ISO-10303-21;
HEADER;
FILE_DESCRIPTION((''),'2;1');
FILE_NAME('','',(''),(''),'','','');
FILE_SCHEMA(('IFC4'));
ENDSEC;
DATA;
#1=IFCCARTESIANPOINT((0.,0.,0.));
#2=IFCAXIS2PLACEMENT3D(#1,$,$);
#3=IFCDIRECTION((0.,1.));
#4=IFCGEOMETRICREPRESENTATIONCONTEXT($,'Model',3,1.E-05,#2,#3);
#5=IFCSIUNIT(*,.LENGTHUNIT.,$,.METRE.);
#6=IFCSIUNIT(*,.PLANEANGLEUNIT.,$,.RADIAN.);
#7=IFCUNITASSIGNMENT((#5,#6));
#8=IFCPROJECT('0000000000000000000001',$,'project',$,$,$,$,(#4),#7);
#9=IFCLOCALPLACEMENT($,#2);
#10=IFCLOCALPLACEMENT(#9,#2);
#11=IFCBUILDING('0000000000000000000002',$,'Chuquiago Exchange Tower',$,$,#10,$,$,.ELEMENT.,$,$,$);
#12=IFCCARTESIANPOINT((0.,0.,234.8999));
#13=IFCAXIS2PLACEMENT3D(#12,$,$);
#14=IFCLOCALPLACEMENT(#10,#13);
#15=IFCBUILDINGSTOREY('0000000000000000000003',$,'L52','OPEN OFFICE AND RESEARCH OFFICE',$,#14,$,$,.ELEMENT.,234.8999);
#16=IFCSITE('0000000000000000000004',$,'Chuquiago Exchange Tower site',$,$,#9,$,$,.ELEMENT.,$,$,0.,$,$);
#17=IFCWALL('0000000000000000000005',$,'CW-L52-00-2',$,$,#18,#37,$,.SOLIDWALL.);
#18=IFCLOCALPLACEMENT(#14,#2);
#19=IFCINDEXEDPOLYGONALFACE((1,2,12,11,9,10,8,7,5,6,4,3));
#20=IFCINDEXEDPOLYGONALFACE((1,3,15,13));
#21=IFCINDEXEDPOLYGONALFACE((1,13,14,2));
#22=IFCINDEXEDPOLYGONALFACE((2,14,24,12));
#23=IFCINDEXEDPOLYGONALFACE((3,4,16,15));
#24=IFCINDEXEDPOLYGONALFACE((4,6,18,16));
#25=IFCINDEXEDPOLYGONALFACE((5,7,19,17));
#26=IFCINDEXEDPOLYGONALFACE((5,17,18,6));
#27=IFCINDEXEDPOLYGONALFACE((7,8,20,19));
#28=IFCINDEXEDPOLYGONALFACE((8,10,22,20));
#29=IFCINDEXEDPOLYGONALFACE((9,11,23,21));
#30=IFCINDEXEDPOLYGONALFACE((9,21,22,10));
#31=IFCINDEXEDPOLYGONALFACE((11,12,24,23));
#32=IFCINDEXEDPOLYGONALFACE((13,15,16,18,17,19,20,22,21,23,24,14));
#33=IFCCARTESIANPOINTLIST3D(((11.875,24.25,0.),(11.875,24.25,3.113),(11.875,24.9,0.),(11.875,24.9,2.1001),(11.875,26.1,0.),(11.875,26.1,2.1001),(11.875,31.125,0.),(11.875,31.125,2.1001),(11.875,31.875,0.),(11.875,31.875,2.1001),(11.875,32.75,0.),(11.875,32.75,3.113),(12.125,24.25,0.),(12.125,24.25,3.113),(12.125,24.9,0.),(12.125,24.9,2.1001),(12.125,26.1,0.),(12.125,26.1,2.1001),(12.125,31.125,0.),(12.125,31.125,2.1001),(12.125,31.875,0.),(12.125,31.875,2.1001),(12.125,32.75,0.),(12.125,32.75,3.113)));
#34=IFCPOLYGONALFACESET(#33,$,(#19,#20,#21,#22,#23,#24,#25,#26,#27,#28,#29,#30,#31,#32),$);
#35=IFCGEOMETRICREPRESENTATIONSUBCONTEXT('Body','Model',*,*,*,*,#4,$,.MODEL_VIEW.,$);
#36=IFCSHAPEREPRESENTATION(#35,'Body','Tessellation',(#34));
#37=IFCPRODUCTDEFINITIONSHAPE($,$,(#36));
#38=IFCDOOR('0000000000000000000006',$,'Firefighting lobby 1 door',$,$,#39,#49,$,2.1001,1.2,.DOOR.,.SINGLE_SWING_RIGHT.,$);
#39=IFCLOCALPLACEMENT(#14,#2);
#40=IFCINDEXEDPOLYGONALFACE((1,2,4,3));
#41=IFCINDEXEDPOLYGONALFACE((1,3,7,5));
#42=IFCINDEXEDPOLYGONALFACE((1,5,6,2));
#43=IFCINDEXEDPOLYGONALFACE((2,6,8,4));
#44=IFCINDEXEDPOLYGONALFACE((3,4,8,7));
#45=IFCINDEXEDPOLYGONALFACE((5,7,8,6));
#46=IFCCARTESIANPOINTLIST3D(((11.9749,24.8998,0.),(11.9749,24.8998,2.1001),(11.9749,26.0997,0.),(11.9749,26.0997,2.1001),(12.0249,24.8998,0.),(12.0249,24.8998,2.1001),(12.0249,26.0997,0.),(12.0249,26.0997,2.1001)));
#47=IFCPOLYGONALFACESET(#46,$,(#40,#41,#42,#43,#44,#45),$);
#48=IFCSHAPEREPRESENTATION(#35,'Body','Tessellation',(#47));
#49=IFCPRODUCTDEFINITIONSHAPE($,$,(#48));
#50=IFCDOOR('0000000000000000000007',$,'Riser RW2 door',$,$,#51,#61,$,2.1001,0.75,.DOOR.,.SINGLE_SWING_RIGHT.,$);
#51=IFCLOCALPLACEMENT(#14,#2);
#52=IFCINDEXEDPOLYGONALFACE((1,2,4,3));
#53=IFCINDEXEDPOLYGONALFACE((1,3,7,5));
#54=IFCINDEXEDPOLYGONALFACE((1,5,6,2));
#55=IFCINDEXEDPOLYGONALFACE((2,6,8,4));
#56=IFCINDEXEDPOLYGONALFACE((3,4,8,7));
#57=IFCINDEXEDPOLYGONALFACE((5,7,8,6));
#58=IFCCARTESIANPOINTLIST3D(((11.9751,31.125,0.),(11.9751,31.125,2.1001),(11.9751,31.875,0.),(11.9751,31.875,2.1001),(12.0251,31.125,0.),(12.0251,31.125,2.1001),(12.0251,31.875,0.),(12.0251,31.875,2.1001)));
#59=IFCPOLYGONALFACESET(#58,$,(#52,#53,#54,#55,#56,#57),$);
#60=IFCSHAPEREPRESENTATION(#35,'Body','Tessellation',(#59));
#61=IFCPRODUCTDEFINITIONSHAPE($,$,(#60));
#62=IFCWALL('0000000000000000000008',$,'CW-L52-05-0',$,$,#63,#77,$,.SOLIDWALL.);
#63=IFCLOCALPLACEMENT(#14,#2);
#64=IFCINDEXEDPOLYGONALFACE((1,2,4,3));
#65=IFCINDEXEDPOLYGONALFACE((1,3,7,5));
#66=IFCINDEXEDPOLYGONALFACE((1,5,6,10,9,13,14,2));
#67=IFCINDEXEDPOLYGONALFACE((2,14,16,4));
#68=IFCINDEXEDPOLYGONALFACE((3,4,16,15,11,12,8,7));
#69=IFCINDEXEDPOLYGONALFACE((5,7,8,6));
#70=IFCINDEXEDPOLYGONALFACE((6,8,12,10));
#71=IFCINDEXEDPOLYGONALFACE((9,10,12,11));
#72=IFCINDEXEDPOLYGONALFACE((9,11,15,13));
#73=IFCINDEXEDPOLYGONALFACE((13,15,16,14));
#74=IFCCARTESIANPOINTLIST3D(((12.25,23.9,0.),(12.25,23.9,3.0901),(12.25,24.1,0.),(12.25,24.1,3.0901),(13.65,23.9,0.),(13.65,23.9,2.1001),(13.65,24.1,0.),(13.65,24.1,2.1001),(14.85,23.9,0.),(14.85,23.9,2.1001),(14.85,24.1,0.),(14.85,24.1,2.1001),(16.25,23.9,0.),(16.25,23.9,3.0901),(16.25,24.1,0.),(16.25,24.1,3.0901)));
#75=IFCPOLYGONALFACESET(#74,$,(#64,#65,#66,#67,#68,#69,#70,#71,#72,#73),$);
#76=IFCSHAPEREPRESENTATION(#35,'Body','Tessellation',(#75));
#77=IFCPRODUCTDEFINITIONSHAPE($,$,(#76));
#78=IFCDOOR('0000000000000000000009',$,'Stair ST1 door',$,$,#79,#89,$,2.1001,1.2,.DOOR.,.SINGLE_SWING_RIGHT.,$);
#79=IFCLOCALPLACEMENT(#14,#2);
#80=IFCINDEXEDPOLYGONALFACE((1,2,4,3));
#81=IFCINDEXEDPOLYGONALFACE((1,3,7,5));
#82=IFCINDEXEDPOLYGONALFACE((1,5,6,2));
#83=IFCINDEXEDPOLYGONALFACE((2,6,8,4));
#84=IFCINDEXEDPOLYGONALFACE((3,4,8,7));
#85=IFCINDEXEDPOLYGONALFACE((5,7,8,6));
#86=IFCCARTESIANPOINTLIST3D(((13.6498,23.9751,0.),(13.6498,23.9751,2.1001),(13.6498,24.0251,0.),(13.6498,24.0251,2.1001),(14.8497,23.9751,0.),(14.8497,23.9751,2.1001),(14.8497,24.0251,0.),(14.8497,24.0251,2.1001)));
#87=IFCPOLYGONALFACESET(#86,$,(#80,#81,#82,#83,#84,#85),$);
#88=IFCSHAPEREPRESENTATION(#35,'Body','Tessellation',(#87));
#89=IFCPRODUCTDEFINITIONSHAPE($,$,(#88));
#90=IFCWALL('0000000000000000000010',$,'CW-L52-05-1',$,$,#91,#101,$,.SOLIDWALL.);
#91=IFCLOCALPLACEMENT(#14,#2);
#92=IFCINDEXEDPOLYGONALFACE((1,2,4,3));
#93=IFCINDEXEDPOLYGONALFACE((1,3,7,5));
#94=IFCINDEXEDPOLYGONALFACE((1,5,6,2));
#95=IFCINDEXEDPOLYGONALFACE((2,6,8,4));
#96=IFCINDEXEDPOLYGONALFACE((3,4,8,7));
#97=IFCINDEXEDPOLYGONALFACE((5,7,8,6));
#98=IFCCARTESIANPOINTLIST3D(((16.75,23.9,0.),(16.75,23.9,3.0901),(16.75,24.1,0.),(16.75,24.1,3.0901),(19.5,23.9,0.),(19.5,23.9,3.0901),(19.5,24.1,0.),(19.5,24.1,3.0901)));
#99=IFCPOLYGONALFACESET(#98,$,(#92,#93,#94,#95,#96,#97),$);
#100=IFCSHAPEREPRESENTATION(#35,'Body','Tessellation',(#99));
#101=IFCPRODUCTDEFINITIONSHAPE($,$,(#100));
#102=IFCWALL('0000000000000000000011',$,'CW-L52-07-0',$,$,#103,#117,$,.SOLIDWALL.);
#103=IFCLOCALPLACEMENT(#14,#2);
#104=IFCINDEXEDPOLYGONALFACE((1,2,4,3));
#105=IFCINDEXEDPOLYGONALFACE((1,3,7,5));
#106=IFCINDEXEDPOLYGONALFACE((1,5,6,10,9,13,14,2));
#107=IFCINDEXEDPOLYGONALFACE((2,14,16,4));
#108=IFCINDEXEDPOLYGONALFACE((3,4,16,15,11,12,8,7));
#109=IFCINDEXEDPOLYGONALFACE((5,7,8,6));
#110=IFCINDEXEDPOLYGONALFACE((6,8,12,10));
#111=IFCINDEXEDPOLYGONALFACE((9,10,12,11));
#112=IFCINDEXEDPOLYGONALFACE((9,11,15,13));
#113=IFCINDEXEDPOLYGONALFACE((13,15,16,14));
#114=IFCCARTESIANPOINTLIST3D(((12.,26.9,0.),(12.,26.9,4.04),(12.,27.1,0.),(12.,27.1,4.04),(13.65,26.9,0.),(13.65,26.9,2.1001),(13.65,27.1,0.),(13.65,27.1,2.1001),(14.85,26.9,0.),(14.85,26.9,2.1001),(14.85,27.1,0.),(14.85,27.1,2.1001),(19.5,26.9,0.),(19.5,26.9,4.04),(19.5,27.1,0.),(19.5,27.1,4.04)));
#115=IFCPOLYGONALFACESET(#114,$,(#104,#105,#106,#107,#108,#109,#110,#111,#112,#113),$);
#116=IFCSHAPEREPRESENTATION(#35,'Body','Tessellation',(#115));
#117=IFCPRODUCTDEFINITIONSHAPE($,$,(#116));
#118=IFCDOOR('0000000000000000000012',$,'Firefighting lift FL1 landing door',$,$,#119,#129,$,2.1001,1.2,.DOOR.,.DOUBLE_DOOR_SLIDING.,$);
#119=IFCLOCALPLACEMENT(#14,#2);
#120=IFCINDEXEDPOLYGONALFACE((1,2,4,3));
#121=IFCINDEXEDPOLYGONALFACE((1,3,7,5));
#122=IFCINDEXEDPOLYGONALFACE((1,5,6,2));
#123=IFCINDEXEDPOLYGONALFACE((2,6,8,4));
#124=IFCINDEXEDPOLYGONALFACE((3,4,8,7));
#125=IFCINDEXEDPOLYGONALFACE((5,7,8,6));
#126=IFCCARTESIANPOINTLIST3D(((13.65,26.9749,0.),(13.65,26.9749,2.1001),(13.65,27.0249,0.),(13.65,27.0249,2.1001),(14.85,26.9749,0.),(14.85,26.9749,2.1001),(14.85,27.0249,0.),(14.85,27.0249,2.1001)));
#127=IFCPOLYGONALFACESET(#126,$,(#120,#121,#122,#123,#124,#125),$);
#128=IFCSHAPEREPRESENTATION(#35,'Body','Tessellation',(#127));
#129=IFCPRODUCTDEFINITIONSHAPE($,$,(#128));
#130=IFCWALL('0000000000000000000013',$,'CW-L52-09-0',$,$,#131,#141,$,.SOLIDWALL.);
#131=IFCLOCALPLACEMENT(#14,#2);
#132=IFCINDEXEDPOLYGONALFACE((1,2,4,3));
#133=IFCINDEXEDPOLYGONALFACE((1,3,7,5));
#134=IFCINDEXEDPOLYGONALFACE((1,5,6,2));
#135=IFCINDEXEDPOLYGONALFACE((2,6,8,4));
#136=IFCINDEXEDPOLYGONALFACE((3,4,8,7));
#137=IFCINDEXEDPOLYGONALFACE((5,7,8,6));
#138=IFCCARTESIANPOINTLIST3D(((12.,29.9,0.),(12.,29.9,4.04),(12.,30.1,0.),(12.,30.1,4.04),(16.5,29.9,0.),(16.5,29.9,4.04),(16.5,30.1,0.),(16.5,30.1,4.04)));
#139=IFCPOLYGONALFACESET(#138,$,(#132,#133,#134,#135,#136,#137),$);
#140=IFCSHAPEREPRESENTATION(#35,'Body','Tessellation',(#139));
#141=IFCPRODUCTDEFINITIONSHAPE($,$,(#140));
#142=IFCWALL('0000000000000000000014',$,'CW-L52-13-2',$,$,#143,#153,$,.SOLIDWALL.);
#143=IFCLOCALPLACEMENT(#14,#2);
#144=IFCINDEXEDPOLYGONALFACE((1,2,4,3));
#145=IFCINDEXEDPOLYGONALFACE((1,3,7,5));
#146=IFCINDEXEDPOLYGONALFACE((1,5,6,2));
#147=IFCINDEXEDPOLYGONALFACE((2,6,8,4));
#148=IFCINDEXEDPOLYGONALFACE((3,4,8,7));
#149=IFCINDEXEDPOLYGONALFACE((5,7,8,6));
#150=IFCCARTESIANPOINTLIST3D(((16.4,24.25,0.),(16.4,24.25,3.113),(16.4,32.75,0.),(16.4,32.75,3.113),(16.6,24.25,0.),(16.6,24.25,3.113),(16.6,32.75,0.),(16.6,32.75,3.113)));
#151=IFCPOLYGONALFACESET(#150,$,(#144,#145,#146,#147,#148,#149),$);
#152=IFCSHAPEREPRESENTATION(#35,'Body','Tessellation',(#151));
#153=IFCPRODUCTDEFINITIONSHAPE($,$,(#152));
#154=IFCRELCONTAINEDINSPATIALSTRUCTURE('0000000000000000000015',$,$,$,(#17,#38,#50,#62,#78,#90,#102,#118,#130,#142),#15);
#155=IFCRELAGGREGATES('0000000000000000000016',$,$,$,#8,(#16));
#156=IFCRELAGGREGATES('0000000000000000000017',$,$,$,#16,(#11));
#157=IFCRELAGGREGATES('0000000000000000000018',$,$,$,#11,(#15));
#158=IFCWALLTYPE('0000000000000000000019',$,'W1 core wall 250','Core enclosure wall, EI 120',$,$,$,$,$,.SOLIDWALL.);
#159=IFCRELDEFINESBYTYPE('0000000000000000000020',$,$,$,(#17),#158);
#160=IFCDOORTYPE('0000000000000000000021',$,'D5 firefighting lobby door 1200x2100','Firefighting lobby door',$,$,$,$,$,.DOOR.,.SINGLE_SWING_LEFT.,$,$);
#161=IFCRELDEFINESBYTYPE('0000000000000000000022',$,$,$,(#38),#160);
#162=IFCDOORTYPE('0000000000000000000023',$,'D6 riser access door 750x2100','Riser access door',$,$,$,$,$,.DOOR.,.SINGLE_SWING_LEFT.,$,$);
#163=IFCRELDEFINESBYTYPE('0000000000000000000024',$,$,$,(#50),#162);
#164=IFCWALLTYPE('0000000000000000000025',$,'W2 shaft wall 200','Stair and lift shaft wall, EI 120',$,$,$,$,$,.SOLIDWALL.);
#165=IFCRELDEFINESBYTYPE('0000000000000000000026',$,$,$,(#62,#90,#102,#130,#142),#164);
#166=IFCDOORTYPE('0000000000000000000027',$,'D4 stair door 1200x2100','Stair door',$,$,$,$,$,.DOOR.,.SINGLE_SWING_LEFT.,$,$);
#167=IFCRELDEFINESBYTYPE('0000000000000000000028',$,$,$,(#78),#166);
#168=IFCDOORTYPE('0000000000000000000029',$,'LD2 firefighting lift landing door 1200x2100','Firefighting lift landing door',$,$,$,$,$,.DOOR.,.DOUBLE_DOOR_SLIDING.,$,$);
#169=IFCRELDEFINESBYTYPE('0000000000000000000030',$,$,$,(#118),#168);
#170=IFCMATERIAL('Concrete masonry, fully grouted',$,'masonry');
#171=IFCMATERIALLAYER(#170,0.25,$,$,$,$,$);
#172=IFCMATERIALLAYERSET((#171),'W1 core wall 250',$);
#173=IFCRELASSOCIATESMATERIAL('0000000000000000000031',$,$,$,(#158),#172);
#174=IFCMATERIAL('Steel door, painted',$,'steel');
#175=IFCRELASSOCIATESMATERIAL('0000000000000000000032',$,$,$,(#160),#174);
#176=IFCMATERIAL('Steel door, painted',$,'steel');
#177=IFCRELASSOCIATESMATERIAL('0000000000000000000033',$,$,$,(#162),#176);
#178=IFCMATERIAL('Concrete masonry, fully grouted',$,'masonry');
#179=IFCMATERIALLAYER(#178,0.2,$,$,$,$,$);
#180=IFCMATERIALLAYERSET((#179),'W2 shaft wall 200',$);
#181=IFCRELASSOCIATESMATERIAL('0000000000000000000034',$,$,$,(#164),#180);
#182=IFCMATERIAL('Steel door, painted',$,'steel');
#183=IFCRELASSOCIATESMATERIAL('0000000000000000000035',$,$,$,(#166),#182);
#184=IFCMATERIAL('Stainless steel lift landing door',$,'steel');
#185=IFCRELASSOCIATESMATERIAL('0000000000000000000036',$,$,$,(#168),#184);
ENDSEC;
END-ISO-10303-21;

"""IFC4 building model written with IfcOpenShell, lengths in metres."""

from ifc_helpers import new_model, si_unit, direction, frame, frame_2d, origin, place, context, subcontext, project, spatial, rectangle, extrude, material, layer, layer_set, type_object, element, fill, save


model = new_model("IFC4")

# Units and contexts
model_context = context("Model", 3, precision=1e-05, world=origin(), true_north=direction((0.0, 1.0)))
body_context = subcontext(model_context, "Body", "Model", "MODEL_VIEW")
ifc_project = project(units=[si_unit("LENGTHUNIT", "METRE"), si_unit("PLANEANGLEUNIT", "RADIAN")], contexts=[model_context])

# Site, building, storey
site_placement = place(None, origin())
site = spatial("IfcSite", under=ifc_project, at=site_placement, Name="Chuquiago Exchange Tower site", CompositionType="ELEMENT", RefElevation=0.0)
building_placement = place(site_placement, origin())
building = spatial("IfcBuilding", under=site, at=building_placement, Name="Chuquiago Exchange Tower", CompositionType="ELEMENT")
storey_placement = place(building_placement, frame((0.0, 0.0, 234.8999)))
storey = spatial("IfcBuildingStorey", under=building, at=storey_placement, Name="L52", Description="OPEN OFFICE AND RESEARCH OFFICE", CompositionType="ELEMENT", Elevation=234.8999)

# Wall, openings, doors
ifc_material_1 = material(Name="Concrete masonry, fully grouted", Category="masonry")
ifc_layer_1 = layer(ifc_material_1, 0.25)
ifc_layer_set_1 = layer_set([ifc_layer_1], Name="W1 core wall 250")
wall_type_1 = type_object("IfcWallType", Name="W1 core wall 250", Description="Core enclosure wall, EI 120", PredefinedType="SOLIDWALL", material=ifc_layer_set_1)
wall_1_placement = place(storey_placement, frame((12.0, 24.25, 0.0), z_axis=(0.0, 0.0, 1.0), x_axis=(0.0, 1.0, 0.0)))
wall_1 = element("IfcWall", 1, at=wall_1_placement, inside=storey, type_object=wall_type_1, Name="CW-L52-00-2", PredefinedType="SOLIDWALL", context=body_context, shape_type="SweptSolid", body=[
    extrude(rectangle(XDim=8.5, YDim=0.25, at=frame_2d((4.25, 0.0))), origin(), (0.0, 0.0, 1.0), 3.113),
])
opening_1_placement = place(wall_1_placement, frame((0.6499, 0.0, 0.0)))
opening_1 = element("IfcOpeningElement", 2, at=opening_1_placement, cuts=wall_1, PredefinedType="OPENING", context=body_context, shape_type="SweptSolid", body=[
    extrude(rectangle(XDim=1.2, YDim=2.1001, at=frame_2d((0.6001, 1.05))), frame((0.0, 0.135, 0.0), z_axis=(0.0, -1.0, 0.0), x_axis=(1.0, 0.0, 0.0)), (0.0, 0.0, 1.0), 0.27),
])
opening_2_placement = place(wall_1_placement, frame((6.875, 0.0, 0.0)))
opening_2 = element("IfcOpeningElement", 3, at=opening_2_placement, cuts=wall_1, PredefinedType="OPENING", context=body_context, shape_type="SweptSolid", body=[
    extrude(rectangle(XDim=0.75, YDim=2.1001, at=frame_2d((0.375, 1.05))), frame((0.0, 0.135, 0.0), z_axis=(0.0, -1.0, 0.0), x_axis=(1.0, 0.0, 0.0)), (0.0, 0.0, 1.0), 0.27),
])
ifc_material_2 = material(Name="Steel door, painted", Category="steel")
door_type_1 = type_object("IfcDoorType", Name="D5 firefighting lobby door 1200x2100", Description="Firefighting lobby door", OperationType="SINGLE_SWING_LEFT", PredefinedType="DOOR", material=ifc_material_2)
door_1_placement = place(opening_1_placement, frame((1.2, 0.0, 0.0), z_axis=(0.0, 0.0, 1.0), x_axis=(-1.0, 0.0, 0.0)))
door_1 = element("IfcDoor", 4, at=door_1_placement, inside=storey, type_object=door_type_1, Name="Firefighting lobby 1 door", OperationType="SINGLE_SWING_RIGHT", OverallHeight=2.1001, OverallWidth=1.2, PredefinedType="DOOR", context=body_context, shape_type="SweptSolid", body=[
    extrude(rectangle(XDim=1.2, YDim=2.1001, at=frame_2d((0.6001, 1.05))), frame((0.0, 0.0249, 0.0), z_axis=(0.0, -1.0, 0.0), x_axis=(1.0, 0.0, 0.0)), (0.0, 0.0, 1.0), 0.05),
])
fill(opening_1, door_1)
ifc_material_3 = material(Name="Steel door, painted", Category="steel")
door_type_2 = type_object("IfcDoorType", Name="D6 riser access door 750x2100", Description="Riser access door", OperationType="SINGLE_SWING_LEFT", PredefinedType="DOOR", material=ifc_material_3)
door_2_placement = place(opening_2_placement, origin())
door_2 = element("IfcDoor", 5, at=door_2_placement, inside=storey, type_object=door_type_2, Name="Riser RW2 door", OperationType="SINGLE_SWING_RIGHT", OverallHeight=2.1001, OverallWidth=0.75, PredefinedType="DOOR", context=body_context, shape_type="SweptSolid", body=[
    extrude(rectangle(XDim=0.75, YDim=2.1001, at=frame_2d((0.375, 1.05))), frame((0.0, 0.0249, 0.0), z_axis=(0.0, -1.0, 0.0), x_axis=(1.0, 0.0, 0.0)), (0.0, 0.0, 1.0), 0.05),
])
fill(opening_2, door_2)

# Wall, opening, door
ifc_material_4 = material(Name="Concrete masonry, fully grouted", Category="masonry")
ifc_layer_2 = layer(ifc_material_4, 0.2)
ifc_layer_set_2 = layer_set([ifc_layer_2], Name="W2 shaft wall 200")
wall_type_2 = type_object("IfcWallType", Name="W2 shaft wall 200", Description="Stair and lift shaft wall, EI 120", PredefinedType="SOLIDWALL", material=ifc_layer_set_2)
wall_2_placement = place(storey_placement, frame((12.25, 24.0, 0.0), z_axis=(0.0, 0.0, 1.0), x_axis=(1.0, 0.0, 0.0)))
wall_2 = element("IfcWall", 6, at=wall_2_placement, inside=storey, type_object=wall_type_2, Name="CW-L52-05-0", PredefinedType="SOLIDWALL", context=body_context, shape_type="SweptSolid", body=[
    extrude(rectangle(XDim=4.0, YDim=0.2, at=frame_2d((2.0, 0.0))), origin(), (0.0, 0.0, 1.0), 3.0901),
])
opening_3_placement = place(wall_2_placement, frame((1.3999, 0.0, 0.0)))
opening_3 = element("IfcOpeningElement", 7, at=opening_3_placement, cuts=wall_2, PredefinedType="OPENING", context=body_context, shape_type="SweptSolid", body=[
    extrude(rectangle(XDim=1.2, YDim=2.1001, at=frame_2d((0.6001, 1.05))), frame((0.0, 0.1099, 0.0), z_axis=(0.0, -1.0, 0.0), x_axis=(1.0, 0.0, 0.0)), (0.0, 0.0, 1.0), 0.22),
])
ifc_material_5 = material(Name="Steel door, painted", Category="steel")
door_type_3 = type_object("IfcDoorType", Name="D4 stair door 1200x2100", Description="Stair door", OperationType="SINGLE_SWING_LEFT", PredefinedType="DOOR", material=ifc_material_5)
door_3_placement = place(opening_3_placement, frame((1.2, 0.0, 0.0), z_axis=(0.0, 0.0, 1.0), x_axis=(-1.0, 0.0, 0.0)))
door_3 = element("IfcDoor", 8, at=door_3_placement, inside=storey, type_object=door_type_3, Name="Stair ST1 door", OperationType="SINGLE_SWING_RIGHT", OverallHeight=2.1001, OverallWidth=1.2, PredefinedType="DOOR", context=body_context, shape_type="SweptSolid", body=[
    extrude(rectangle(XDim=1.2, YDim=2.1001, at=frame_2d((0.6001, 1.05))), frame((0.0, 0.0249, 0.0), z_axis=(0.0, -1.0, 0.0), x_axis=(1.0, 0.0, 0.0)), (0.0, 0.0, 1.0), 0.05),
])
fill(opening_3, door_3)

# Wall
wall_3_placement = place(storey_placement, frame((16.75, 24.0, 0.0), z_axis=(0.0, 0.0, 1.0), x_axis=(1.0, 0.0, 0.0)))
element("IfcWall", 9, at=wall_3_placement, inside=storey, type_object=wall_type_2, Name="CW-L52-05-1", PredefinedType="SOLIDWALL", context=body_context, shape_type="SweptSolid", body=[
    extrude(rectangle(XDim=2.75, YDim=0.2, at=frame_2d((1.375, 0.0))), origin(), (0.0, 0.0, 1.0), 3.0901),
])

# Wall, opening, door
wall_4_placement = place(storey_placement, frame((12.0, 27.0, 0.0), z_axis=(0.0, 0.0, 1.0), x_axis=(1.0, 0.0, 0.0)))
wall_4 = element("IfcWall", 10, at=wall_4_placement, inside=storey, type_object=wall_type_2, Name="CW-L52-07-0", PredefinedType="SOLIDWALL", context=body_context, shape_type="SweptSolid", body=[
    extrude(rectangle(XDim=7.5, YDim=0.2, at=frame_2d((3.75, 0.0))), origin(), (0.0, 0.0, 1.0), 4.04),
])
opening_4_placement = place(wall_4_placement, frame((1.6499, 0.0, 0.0)))
opening_4 = element("IfcOpeningElement", 11, at=opening_4_placement, cuts=wall_4, PredefinedType="OPENING", context=body_context, shape_type="SweptSolid", body=[
    extrude(rectangle(XDim=1.2, YDim=2.1001, at=frame_2d((0.6001, 1.05))), frame((0.0, 0.1099, 0.0), z_axis=(0.0, -1.0, 0.0), x_axis=(1.0, 0.0, 0.0)), (0.0, 0.0, 1.0), 0.22),
])
ifc_material_6 = material(Name="Stainless steel lift landing door", Category="steel")
door_type_4 = type_object("IfcDoorType", Name="LD2 firefighting lift landing door 1200x2100", Description="Firefighting lift landing door", OperationType="DOUBLE_DOOR_SLIDING", PredefinedType="DOOR", material=ifc_material_6)
door_4_placement = place(opening_4_placement, origin())
door_4 = element("IfcDoor", 12, at=door_4_placement, inside=storey, type_object=door_type_4, Name="Firefighting lift FL1 landing door", OperationType="DOUBLE_DOOR_SLIDING", OverallHeight=2.1001, OverallWidth=1.2, PredefinedType="DOOR", context=body_context, shape_type="SweptSolid", body=[
    extrude(rectangle(XDim=1.2, YDim=2.1001, at=frame_2d((0.6001, 1.05))), frame((0.0, 0.0249, 0.0), z_axis=(0.0, -1.0, 0.0), x_axis=(1.0, 0.0, 0.0)), (0.0, 0.0, 1.0), 0.05),
])
fill(opening_4, door_4)

# Walls
wall_5_placement = place(storey_placement, frame((12.0, 30.0, 0.0), z_axis=(0.0, 0.0, 1.0), x_axis=(1.0, 0.0, 0.0)))
element("IfcWall", 13, at=wall_5_placement, inside=storey, type_object=wall_type_2, Name="CW-L52-09-0", PredefinedType="SOLIDWALL", context=body_context, shape_type="SweptSolid", body=[
    extrude(rectangle(XDim=4.5, YDim=0.2, at=frame_2d((2.25, 0.0))), origin(), (0.0, 0.0, 1.0), 4.04),
])
wall_6_placement = place(storey_placement, frame((16.5, 24.25, 0.0), z_axis=(0.0, 0.0, 1.0), x_axis=(0.0, 1.0, 0.0)))
element("IfcWall", 14, at=wall_6_placement, inside=storey, type_object=wall_type_2, Name="CW-L52-13-2", PredefinedType="SOLIDWALL", context=body_context, shape_type="SweptSolid", body=[
    extrude(rectangle(XDim=8.5, YDim=0.2, at=frame_2d((4.25, 0.0))), origin(), (0.0, 0.0, 1.0), 3.113),
])

save(model, "model.ifc")
